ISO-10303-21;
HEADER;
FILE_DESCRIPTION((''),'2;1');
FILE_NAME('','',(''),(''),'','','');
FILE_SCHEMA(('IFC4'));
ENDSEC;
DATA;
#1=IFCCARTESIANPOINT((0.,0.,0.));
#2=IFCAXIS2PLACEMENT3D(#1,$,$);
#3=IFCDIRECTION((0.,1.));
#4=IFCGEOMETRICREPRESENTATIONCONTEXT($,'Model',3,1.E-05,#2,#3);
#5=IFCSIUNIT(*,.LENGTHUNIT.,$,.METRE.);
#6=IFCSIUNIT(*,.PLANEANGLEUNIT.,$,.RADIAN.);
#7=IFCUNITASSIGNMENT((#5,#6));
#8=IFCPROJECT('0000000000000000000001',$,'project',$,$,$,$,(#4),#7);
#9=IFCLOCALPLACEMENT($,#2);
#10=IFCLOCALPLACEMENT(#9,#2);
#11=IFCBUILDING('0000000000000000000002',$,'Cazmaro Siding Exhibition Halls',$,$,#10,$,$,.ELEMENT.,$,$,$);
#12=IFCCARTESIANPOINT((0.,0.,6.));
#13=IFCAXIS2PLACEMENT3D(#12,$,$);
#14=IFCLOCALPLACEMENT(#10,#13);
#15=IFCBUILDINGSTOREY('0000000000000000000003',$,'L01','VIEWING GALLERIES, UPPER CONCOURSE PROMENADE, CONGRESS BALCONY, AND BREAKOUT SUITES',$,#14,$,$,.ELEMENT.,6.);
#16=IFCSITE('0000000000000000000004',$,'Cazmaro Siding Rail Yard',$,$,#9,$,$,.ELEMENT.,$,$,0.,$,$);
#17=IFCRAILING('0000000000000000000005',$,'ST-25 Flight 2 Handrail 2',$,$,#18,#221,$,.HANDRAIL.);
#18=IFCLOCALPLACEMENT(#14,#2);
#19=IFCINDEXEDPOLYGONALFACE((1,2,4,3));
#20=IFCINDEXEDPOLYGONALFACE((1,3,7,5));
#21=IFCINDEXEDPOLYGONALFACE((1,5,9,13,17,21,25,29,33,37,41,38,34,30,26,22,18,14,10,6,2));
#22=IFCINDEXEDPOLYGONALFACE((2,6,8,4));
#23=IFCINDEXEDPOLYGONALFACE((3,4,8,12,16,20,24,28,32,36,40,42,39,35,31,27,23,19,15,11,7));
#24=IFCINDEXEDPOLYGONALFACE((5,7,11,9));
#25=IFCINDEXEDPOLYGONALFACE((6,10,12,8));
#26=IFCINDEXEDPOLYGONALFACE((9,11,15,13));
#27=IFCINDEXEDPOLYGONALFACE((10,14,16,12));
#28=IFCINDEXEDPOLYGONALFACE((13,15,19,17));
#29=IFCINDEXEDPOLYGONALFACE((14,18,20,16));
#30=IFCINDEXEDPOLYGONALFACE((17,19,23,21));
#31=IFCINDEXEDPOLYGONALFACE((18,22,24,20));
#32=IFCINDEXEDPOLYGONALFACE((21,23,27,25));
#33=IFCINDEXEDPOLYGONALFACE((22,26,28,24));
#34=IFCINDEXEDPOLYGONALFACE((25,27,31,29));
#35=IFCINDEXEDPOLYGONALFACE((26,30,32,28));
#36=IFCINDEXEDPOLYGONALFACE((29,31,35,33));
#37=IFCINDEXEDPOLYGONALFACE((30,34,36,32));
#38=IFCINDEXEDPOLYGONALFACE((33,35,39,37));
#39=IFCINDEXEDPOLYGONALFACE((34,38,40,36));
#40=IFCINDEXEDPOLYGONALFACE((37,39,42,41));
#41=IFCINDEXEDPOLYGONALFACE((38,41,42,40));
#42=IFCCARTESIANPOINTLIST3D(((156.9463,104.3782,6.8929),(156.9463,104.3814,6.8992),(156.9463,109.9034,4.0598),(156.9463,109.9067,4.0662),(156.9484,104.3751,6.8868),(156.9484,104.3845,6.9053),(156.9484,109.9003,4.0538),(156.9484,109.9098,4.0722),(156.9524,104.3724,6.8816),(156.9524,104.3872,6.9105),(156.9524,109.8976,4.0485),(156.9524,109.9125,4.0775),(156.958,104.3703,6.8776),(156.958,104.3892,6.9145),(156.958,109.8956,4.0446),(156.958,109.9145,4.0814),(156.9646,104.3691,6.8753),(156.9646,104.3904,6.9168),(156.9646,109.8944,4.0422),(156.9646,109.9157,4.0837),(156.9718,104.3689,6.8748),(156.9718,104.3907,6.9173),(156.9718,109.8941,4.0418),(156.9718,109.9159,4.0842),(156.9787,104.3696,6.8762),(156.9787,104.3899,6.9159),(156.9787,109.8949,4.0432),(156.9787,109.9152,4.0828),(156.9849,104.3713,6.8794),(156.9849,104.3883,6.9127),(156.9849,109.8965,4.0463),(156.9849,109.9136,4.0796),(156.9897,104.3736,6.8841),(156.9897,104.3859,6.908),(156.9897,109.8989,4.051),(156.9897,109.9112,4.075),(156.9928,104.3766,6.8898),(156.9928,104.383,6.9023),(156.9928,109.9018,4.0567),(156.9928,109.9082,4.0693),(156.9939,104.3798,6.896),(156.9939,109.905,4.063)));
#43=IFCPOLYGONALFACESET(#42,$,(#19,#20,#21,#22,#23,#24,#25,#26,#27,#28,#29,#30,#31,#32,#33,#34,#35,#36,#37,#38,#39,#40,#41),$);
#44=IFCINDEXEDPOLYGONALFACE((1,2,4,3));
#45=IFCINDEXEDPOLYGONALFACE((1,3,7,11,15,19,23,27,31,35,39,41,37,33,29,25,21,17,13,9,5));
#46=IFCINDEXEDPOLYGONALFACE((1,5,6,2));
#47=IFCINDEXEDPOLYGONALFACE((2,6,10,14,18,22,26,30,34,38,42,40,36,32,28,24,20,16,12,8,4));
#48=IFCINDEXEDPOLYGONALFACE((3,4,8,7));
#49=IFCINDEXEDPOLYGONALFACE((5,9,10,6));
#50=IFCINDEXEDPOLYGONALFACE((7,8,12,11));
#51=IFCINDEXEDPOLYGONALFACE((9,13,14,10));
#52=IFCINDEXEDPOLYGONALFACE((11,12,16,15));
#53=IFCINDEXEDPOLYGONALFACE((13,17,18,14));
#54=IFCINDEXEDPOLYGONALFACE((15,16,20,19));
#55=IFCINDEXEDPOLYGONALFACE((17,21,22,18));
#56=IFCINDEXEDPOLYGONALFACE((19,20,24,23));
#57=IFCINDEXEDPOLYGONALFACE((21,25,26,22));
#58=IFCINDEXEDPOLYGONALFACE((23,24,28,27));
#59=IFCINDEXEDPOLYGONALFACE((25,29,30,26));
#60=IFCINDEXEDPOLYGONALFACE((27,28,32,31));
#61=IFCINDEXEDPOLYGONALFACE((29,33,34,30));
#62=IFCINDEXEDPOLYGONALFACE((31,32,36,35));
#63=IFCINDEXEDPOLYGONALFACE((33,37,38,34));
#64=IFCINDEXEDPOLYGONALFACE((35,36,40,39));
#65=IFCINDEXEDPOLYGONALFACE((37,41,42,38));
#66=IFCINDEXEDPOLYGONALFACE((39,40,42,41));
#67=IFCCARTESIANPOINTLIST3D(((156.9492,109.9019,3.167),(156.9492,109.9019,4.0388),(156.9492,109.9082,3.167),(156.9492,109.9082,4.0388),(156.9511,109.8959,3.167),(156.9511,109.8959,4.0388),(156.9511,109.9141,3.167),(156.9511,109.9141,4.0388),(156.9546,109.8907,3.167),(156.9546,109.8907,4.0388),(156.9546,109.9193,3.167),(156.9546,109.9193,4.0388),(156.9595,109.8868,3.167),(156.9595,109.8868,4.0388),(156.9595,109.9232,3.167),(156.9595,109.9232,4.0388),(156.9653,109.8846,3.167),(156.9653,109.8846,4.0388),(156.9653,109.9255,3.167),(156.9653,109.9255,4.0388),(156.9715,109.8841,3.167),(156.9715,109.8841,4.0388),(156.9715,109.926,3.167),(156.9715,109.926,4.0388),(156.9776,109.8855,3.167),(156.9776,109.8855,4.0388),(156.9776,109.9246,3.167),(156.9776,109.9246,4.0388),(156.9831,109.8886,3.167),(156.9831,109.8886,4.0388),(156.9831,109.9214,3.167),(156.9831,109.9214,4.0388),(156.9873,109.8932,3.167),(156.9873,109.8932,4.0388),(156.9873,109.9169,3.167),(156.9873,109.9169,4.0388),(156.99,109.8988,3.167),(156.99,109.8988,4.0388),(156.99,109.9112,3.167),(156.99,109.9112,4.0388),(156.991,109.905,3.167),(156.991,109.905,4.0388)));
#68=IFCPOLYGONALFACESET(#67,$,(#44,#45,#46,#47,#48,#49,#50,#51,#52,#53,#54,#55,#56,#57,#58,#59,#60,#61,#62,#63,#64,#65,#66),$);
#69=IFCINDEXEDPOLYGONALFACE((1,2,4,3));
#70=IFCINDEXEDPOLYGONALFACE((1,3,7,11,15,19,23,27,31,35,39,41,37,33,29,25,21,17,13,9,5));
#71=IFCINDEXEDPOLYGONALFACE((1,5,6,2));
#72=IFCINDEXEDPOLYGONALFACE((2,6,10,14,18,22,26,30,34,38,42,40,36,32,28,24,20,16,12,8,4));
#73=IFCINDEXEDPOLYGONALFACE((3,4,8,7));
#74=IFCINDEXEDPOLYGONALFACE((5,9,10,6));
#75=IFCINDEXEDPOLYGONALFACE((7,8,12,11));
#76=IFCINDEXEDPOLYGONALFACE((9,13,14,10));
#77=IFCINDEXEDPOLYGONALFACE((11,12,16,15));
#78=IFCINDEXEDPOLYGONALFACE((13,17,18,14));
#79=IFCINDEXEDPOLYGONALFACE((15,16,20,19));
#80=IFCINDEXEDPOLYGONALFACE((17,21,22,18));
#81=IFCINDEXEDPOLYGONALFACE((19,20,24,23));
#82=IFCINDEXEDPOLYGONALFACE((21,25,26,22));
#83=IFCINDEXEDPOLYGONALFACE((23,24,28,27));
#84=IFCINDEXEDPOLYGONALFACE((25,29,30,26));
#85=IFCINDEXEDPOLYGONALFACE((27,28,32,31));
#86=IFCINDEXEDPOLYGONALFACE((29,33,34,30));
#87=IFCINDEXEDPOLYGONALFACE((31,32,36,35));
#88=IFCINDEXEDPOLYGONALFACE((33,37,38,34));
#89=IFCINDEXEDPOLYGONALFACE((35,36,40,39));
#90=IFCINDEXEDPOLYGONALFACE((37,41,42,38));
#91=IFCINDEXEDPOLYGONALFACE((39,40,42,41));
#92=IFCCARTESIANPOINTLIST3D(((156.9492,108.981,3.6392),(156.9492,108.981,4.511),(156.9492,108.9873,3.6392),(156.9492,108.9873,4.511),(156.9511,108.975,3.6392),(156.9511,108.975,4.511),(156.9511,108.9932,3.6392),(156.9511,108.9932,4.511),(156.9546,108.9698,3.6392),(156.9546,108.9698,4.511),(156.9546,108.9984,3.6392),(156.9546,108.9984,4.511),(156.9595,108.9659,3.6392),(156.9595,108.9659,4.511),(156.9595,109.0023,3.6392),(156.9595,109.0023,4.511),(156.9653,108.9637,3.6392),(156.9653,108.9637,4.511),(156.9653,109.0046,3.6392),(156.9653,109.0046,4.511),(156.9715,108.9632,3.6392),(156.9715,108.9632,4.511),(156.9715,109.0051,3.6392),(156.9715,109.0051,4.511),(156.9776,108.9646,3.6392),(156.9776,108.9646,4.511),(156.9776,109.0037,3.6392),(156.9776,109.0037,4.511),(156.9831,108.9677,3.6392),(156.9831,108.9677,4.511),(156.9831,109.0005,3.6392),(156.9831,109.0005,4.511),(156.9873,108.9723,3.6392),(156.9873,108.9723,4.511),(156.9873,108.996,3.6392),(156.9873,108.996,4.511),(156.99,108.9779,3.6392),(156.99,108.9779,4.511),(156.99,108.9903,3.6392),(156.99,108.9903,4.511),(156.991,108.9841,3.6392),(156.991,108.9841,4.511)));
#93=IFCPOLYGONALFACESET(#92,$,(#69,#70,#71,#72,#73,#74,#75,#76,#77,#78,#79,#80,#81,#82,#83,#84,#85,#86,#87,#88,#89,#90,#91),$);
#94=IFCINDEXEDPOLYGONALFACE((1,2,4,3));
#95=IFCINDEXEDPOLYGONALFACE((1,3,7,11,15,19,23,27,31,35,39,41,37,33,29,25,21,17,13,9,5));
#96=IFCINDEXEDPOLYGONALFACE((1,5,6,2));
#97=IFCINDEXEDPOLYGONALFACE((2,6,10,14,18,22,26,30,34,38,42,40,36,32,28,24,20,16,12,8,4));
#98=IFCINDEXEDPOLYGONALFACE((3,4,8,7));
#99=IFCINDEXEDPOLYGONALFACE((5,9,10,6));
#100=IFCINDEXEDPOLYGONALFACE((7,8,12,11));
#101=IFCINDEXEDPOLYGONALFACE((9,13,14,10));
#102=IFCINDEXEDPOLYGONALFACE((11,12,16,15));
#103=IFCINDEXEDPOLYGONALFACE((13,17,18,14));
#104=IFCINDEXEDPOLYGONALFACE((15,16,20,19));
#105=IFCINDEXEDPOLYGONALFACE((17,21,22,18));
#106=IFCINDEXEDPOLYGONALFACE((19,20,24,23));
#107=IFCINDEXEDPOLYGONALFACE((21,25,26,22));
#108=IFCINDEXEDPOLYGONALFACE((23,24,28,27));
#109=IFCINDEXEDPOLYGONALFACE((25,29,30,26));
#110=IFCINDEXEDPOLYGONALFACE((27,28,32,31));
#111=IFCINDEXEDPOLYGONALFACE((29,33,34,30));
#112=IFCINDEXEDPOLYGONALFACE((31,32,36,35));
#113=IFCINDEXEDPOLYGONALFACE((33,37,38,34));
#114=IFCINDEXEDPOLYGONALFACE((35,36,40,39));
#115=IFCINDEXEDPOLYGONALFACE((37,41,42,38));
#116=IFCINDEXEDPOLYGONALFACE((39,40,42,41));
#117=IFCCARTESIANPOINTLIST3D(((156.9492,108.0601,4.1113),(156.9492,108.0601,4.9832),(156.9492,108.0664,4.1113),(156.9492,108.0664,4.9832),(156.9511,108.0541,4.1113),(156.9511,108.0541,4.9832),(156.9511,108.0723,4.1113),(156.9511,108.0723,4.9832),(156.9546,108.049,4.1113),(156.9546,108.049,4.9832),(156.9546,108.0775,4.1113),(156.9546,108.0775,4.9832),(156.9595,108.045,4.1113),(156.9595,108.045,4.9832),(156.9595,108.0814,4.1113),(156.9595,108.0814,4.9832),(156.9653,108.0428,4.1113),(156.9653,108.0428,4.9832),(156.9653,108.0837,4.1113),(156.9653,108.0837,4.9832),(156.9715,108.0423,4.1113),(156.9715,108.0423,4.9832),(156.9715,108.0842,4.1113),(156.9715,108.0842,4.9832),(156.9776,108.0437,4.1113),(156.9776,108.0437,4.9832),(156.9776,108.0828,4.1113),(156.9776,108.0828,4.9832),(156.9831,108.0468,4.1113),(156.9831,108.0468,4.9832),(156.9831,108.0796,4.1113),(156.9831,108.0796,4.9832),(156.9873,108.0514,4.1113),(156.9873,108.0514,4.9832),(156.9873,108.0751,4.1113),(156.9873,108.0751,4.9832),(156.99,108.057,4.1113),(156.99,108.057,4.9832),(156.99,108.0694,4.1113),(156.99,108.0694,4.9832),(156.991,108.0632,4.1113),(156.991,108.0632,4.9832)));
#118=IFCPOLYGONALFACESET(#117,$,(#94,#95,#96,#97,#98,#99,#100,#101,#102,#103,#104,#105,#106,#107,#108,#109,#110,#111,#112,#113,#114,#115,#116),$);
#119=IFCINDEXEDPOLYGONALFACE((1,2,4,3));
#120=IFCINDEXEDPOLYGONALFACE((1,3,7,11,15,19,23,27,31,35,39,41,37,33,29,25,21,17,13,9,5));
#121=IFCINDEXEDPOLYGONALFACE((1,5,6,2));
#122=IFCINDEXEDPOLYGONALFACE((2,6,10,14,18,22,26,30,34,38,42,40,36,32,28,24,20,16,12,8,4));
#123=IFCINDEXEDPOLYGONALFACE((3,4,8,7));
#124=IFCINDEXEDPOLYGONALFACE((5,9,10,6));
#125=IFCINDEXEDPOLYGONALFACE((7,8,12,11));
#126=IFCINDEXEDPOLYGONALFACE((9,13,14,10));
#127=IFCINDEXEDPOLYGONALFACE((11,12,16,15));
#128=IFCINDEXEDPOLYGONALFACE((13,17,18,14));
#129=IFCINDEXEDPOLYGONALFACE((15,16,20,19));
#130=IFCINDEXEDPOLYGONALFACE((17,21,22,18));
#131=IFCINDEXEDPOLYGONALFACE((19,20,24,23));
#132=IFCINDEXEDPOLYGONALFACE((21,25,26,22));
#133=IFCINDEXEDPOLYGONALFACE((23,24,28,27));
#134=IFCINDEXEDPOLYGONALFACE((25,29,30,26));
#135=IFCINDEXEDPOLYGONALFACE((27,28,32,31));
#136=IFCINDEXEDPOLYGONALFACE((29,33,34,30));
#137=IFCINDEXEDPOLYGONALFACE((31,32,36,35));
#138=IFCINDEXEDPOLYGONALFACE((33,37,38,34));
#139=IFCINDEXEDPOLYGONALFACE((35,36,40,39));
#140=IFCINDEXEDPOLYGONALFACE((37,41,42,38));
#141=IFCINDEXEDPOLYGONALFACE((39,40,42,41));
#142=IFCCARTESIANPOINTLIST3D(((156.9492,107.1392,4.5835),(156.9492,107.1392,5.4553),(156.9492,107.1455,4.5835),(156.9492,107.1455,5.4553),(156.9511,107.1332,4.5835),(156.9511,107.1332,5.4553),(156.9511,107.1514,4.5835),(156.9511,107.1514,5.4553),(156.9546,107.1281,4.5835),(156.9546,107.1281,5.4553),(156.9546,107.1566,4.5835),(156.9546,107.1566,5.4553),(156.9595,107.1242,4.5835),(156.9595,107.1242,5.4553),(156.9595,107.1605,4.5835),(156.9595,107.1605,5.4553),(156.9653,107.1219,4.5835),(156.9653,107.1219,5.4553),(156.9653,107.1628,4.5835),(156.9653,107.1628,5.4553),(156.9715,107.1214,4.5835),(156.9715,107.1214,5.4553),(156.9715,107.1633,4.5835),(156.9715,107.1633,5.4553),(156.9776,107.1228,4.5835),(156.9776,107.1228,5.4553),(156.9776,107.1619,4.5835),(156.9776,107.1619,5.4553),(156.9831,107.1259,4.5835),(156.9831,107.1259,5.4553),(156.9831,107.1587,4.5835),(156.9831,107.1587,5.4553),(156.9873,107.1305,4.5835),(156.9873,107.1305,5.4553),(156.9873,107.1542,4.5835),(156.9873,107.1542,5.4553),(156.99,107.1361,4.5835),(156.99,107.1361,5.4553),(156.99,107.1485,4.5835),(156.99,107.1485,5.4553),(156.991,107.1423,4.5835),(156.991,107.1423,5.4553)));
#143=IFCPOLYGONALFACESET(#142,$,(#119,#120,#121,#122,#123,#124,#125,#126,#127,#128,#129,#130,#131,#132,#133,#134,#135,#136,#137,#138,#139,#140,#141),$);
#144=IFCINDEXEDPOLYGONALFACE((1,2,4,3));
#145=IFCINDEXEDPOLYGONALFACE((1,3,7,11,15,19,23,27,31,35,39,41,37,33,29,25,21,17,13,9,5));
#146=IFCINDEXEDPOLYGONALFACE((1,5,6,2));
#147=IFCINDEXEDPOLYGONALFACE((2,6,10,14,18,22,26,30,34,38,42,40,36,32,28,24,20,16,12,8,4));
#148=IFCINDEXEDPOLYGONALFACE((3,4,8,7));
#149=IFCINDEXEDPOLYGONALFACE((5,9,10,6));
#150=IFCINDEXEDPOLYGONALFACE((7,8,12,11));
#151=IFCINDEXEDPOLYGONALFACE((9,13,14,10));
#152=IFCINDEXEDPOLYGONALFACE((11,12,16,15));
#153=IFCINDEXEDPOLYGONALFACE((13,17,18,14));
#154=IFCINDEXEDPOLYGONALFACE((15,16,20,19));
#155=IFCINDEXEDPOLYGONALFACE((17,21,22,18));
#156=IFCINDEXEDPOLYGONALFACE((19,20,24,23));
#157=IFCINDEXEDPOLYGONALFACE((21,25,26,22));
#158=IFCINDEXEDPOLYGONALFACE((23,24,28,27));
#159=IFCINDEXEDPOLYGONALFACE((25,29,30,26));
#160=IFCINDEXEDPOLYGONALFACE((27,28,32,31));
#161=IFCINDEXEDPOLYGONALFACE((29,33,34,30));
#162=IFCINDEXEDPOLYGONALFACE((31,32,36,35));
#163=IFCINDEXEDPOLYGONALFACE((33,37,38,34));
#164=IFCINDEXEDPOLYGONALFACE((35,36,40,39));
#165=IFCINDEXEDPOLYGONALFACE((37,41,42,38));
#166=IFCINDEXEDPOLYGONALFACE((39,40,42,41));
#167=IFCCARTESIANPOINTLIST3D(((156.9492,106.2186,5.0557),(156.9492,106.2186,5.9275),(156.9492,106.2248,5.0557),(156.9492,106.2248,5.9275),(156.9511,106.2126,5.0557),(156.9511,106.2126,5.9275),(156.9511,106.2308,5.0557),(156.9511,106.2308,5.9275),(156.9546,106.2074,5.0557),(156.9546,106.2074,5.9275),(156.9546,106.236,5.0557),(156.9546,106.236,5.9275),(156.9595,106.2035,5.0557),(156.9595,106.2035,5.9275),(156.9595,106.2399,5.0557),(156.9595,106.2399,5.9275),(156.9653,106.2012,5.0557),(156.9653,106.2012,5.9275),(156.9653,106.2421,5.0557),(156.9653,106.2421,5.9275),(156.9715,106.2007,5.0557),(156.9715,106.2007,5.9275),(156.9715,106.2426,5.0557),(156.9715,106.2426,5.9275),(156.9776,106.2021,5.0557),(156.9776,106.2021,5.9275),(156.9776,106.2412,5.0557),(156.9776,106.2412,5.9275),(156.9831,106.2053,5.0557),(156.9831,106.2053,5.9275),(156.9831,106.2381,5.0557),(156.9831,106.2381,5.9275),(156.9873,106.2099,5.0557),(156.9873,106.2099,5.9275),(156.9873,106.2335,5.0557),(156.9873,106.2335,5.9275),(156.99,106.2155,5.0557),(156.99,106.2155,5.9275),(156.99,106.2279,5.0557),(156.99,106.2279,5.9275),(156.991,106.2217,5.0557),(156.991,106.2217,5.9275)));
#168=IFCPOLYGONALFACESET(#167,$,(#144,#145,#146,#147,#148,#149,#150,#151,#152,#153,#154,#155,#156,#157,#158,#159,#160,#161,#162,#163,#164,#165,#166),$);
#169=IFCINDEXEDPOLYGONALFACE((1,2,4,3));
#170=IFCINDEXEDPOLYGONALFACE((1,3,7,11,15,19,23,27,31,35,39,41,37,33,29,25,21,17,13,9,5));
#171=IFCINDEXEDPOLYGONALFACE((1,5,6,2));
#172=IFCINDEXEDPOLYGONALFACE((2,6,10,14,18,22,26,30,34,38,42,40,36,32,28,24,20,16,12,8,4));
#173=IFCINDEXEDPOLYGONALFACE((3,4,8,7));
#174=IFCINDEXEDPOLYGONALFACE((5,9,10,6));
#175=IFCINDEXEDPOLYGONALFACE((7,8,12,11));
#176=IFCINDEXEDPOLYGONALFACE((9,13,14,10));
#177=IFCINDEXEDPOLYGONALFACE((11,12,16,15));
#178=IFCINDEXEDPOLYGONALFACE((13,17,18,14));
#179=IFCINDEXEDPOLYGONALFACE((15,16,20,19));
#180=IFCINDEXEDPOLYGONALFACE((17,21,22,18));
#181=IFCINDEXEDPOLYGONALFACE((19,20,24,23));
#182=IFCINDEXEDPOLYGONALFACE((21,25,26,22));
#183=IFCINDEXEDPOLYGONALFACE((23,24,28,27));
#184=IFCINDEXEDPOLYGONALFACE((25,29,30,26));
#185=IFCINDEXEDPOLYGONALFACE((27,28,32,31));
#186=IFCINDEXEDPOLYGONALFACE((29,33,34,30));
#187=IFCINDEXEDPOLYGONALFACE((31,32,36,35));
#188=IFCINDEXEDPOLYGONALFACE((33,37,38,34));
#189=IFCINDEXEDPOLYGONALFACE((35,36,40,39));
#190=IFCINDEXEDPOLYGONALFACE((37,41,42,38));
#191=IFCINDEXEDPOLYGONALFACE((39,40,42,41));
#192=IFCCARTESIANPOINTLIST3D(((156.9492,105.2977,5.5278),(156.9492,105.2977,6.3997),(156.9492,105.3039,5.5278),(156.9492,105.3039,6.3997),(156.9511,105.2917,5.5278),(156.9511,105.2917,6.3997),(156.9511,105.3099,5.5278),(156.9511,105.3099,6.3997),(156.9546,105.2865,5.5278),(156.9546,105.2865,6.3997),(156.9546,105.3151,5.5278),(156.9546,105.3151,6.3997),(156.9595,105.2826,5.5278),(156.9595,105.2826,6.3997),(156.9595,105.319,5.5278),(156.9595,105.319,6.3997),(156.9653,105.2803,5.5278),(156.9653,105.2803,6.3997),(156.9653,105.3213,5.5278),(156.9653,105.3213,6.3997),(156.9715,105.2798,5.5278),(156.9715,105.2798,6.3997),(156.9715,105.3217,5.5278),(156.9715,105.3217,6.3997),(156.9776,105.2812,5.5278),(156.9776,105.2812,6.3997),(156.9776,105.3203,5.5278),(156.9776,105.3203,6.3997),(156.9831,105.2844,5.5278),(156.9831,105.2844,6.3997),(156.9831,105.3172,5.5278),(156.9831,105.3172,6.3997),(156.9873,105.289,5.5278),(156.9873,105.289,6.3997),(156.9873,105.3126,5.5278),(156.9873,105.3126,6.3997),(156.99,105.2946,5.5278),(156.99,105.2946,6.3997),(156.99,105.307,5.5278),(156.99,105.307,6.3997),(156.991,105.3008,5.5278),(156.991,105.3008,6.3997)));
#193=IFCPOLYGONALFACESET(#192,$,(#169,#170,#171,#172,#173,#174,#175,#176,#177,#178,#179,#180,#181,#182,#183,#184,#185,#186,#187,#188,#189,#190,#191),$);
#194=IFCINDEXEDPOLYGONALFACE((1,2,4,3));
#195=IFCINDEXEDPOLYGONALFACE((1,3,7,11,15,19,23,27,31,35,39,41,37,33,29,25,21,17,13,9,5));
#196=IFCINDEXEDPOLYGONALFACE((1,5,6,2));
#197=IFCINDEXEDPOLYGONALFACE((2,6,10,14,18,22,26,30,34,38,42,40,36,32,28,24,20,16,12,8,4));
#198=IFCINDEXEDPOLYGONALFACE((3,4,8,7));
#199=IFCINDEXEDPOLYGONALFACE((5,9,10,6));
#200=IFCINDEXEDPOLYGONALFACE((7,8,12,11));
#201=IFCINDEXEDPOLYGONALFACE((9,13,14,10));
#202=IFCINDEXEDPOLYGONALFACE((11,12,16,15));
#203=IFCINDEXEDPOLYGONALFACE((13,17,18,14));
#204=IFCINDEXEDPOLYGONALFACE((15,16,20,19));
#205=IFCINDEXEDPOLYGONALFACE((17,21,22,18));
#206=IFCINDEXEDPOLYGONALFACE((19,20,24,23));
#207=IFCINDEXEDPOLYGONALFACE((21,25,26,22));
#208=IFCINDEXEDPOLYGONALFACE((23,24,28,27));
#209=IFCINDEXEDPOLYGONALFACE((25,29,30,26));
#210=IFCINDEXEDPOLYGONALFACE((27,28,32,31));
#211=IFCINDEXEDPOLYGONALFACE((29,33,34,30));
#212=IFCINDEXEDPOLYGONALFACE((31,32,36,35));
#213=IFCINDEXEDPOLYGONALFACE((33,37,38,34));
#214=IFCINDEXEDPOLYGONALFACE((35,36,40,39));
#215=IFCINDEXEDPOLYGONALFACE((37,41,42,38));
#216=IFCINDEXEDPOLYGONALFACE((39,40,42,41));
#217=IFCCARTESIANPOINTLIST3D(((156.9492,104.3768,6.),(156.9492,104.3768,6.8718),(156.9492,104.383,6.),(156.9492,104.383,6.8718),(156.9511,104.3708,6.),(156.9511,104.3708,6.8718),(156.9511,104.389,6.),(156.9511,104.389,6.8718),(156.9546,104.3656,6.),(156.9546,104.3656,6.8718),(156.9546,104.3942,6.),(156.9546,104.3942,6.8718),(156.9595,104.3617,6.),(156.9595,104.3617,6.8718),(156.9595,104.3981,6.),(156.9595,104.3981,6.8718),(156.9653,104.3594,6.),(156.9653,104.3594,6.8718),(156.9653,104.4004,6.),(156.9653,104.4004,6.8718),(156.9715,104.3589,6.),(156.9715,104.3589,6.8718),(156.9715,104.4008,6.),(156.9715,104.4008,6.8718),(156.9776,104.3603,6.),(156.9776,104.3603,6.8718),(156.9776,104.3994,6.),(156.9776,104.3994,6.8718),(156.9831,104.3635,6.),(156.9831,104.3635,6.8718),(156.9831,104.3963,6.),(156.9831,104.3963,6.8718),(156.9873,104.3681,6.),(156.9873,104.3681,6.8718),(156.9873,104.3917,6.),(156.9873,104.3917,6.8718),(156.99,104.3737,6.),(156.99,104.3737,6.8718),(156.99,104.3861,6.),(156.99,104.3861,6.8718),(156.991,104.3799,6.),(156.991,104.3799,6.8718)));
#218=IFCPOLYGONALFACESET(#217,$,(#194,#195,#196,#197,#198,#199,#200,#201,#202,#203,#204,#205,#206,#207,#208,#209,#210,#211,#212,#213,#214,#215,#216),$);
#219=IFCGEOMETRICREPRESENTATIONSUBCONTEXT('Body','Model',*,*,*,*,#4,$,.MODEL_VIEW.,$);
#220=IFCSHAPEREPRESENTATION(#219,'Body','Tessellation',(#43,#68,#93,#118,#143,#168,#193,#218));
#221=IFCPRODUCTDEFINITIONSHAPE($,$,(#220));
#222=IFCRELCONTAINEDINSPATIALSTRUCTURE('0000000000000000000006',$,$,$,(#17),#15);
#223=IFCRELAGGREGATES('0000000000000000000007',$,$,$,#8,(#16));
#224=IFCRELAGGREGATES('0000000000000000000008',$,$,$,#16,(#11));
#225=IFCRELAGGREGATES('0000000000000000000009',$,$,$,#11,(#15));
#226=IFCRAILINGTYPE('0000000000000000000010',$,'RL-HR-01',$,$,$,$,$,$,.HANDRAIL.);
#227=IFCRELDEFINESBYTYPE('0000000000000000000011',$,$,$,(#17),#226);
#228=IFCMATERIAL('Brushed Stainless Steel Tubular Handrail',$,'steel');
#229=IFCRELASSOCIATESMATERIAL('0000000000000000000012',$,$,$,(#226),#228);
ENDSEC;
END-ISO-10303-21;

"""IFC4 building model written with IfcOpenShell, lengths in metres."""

from ifc_helpers import new_model, si_unit, direction, frame, origin, origin_2d, place, context, subcontext, project, spatial, circle, extrude, material, type_object, element, save


model = new_model("IFC4")

# Units and contexts
model_context = context("Model", 3, precision=1e-05, world=origin(), true_north=direction((0.0, 1.0)))
body_context = subcontext(model_context, "Body", "Model", "MODEL_VIEW")
ifc_project = project(units=[si_unit("LENGTHUNIT", "METRE"), si_unit("PLANEANGLEUNIT", "RADIAN")], contexts=[model_context])

# Site, building, storey
site_placement = place(None, origin())
site = spatial("IfcSite", under=ifc_project, at=site_placement, Name="Cazmaro Siding Rail Yard", CompositionType="ELEMENT", RefElevation=0.0)
building_placement = place(site_placement, origin())
building = spatial("IfcBuilding", under=site, at=building_placement, Name="Cazmaro Siding Exhibition Halls", CompositionType="ELEMENT")
storey_placement = place(building_placement, frame((0.0, 0.0, 6.0)))
storey = spatial("IfcBuildingStorey", under=building, at=storey_placement, Name="L01", Description="VIEWING GALLERIES, UPPER CONCOURSE PROMENADE, CONGRESS BALCONY, AND BREAKOUT SUITES", CompositionType="ELEMENT", Elevation=6.0)

# Railing
ifc_material_1 = material(Name="Brushed Stainless Steel Tubular Handrail", Category="steel")
railing_type_1 = type_object("IfcRailingType", Name="RL-HR-01", PredefinedType="HANDRAIL", material=ifc_material_1)
railing_1_placement = place(storey_placement, frame((156.97, 109.905, 3.167)))
element("IfcRailing", 1, at=railing_1_placement, inside=storey, type_object=railing_type_1, Name="ST-25 Flight 2 Handrail 2", PredefinedType="HANDRAIL", context=body_context, shape_type="SweptSolid", body=[
    extrude(circle(Radius=0.0239, at=origin_2d()), frame((0.0, 0.0, 0.896), z_axis=(0.0, -0.889844, 0.456266), x_axis=(1.0, 0.0, 0.0)), (0.0, 0.0, 1.0), 6.2092),
    extrude(circle(Radius=0.021, at=origin_2d()), origin(), (0.0, 0.0, 1.0), 0.8718),
    extrude(circle(Radius=0.021, at=origin_2d()), frame((0.0, -0.9209, 0.4722)), (0.0, 0.0, 1.0), 0.8718),
    extrude(circle(Radius=0.021, at=origin_2d()), frame((0.0, -1.8418, 0.9443)), (0.0, 0.0, 1.0), 0.8718),
    extrude(circle(Radius=0.021, at=origin_2d()), frame((0.0, -2.7627, 1.4165)), (0.0, 0.0, 1.0), 0.8718),
    extrude(circle(Radius=0.021, at=origin_2d()), frame((0.0, -3.6833, 1.8887)), (0.0, 0.0, 1.0), 0.8718),
    extrude(circle(Radius=0.021, at=origin_2d()), frame((0.0, -4.6042, 2.3608)), (0.0, 0.0, 1.0), 0.8718),
    extrude(circle(Radius=0.021, at=origin_2d()), frame((0.0, -5.5251, 2.833)), (0.0, 0.0, 1.0), 0.8718),
])

save(model, "model.ifc")
